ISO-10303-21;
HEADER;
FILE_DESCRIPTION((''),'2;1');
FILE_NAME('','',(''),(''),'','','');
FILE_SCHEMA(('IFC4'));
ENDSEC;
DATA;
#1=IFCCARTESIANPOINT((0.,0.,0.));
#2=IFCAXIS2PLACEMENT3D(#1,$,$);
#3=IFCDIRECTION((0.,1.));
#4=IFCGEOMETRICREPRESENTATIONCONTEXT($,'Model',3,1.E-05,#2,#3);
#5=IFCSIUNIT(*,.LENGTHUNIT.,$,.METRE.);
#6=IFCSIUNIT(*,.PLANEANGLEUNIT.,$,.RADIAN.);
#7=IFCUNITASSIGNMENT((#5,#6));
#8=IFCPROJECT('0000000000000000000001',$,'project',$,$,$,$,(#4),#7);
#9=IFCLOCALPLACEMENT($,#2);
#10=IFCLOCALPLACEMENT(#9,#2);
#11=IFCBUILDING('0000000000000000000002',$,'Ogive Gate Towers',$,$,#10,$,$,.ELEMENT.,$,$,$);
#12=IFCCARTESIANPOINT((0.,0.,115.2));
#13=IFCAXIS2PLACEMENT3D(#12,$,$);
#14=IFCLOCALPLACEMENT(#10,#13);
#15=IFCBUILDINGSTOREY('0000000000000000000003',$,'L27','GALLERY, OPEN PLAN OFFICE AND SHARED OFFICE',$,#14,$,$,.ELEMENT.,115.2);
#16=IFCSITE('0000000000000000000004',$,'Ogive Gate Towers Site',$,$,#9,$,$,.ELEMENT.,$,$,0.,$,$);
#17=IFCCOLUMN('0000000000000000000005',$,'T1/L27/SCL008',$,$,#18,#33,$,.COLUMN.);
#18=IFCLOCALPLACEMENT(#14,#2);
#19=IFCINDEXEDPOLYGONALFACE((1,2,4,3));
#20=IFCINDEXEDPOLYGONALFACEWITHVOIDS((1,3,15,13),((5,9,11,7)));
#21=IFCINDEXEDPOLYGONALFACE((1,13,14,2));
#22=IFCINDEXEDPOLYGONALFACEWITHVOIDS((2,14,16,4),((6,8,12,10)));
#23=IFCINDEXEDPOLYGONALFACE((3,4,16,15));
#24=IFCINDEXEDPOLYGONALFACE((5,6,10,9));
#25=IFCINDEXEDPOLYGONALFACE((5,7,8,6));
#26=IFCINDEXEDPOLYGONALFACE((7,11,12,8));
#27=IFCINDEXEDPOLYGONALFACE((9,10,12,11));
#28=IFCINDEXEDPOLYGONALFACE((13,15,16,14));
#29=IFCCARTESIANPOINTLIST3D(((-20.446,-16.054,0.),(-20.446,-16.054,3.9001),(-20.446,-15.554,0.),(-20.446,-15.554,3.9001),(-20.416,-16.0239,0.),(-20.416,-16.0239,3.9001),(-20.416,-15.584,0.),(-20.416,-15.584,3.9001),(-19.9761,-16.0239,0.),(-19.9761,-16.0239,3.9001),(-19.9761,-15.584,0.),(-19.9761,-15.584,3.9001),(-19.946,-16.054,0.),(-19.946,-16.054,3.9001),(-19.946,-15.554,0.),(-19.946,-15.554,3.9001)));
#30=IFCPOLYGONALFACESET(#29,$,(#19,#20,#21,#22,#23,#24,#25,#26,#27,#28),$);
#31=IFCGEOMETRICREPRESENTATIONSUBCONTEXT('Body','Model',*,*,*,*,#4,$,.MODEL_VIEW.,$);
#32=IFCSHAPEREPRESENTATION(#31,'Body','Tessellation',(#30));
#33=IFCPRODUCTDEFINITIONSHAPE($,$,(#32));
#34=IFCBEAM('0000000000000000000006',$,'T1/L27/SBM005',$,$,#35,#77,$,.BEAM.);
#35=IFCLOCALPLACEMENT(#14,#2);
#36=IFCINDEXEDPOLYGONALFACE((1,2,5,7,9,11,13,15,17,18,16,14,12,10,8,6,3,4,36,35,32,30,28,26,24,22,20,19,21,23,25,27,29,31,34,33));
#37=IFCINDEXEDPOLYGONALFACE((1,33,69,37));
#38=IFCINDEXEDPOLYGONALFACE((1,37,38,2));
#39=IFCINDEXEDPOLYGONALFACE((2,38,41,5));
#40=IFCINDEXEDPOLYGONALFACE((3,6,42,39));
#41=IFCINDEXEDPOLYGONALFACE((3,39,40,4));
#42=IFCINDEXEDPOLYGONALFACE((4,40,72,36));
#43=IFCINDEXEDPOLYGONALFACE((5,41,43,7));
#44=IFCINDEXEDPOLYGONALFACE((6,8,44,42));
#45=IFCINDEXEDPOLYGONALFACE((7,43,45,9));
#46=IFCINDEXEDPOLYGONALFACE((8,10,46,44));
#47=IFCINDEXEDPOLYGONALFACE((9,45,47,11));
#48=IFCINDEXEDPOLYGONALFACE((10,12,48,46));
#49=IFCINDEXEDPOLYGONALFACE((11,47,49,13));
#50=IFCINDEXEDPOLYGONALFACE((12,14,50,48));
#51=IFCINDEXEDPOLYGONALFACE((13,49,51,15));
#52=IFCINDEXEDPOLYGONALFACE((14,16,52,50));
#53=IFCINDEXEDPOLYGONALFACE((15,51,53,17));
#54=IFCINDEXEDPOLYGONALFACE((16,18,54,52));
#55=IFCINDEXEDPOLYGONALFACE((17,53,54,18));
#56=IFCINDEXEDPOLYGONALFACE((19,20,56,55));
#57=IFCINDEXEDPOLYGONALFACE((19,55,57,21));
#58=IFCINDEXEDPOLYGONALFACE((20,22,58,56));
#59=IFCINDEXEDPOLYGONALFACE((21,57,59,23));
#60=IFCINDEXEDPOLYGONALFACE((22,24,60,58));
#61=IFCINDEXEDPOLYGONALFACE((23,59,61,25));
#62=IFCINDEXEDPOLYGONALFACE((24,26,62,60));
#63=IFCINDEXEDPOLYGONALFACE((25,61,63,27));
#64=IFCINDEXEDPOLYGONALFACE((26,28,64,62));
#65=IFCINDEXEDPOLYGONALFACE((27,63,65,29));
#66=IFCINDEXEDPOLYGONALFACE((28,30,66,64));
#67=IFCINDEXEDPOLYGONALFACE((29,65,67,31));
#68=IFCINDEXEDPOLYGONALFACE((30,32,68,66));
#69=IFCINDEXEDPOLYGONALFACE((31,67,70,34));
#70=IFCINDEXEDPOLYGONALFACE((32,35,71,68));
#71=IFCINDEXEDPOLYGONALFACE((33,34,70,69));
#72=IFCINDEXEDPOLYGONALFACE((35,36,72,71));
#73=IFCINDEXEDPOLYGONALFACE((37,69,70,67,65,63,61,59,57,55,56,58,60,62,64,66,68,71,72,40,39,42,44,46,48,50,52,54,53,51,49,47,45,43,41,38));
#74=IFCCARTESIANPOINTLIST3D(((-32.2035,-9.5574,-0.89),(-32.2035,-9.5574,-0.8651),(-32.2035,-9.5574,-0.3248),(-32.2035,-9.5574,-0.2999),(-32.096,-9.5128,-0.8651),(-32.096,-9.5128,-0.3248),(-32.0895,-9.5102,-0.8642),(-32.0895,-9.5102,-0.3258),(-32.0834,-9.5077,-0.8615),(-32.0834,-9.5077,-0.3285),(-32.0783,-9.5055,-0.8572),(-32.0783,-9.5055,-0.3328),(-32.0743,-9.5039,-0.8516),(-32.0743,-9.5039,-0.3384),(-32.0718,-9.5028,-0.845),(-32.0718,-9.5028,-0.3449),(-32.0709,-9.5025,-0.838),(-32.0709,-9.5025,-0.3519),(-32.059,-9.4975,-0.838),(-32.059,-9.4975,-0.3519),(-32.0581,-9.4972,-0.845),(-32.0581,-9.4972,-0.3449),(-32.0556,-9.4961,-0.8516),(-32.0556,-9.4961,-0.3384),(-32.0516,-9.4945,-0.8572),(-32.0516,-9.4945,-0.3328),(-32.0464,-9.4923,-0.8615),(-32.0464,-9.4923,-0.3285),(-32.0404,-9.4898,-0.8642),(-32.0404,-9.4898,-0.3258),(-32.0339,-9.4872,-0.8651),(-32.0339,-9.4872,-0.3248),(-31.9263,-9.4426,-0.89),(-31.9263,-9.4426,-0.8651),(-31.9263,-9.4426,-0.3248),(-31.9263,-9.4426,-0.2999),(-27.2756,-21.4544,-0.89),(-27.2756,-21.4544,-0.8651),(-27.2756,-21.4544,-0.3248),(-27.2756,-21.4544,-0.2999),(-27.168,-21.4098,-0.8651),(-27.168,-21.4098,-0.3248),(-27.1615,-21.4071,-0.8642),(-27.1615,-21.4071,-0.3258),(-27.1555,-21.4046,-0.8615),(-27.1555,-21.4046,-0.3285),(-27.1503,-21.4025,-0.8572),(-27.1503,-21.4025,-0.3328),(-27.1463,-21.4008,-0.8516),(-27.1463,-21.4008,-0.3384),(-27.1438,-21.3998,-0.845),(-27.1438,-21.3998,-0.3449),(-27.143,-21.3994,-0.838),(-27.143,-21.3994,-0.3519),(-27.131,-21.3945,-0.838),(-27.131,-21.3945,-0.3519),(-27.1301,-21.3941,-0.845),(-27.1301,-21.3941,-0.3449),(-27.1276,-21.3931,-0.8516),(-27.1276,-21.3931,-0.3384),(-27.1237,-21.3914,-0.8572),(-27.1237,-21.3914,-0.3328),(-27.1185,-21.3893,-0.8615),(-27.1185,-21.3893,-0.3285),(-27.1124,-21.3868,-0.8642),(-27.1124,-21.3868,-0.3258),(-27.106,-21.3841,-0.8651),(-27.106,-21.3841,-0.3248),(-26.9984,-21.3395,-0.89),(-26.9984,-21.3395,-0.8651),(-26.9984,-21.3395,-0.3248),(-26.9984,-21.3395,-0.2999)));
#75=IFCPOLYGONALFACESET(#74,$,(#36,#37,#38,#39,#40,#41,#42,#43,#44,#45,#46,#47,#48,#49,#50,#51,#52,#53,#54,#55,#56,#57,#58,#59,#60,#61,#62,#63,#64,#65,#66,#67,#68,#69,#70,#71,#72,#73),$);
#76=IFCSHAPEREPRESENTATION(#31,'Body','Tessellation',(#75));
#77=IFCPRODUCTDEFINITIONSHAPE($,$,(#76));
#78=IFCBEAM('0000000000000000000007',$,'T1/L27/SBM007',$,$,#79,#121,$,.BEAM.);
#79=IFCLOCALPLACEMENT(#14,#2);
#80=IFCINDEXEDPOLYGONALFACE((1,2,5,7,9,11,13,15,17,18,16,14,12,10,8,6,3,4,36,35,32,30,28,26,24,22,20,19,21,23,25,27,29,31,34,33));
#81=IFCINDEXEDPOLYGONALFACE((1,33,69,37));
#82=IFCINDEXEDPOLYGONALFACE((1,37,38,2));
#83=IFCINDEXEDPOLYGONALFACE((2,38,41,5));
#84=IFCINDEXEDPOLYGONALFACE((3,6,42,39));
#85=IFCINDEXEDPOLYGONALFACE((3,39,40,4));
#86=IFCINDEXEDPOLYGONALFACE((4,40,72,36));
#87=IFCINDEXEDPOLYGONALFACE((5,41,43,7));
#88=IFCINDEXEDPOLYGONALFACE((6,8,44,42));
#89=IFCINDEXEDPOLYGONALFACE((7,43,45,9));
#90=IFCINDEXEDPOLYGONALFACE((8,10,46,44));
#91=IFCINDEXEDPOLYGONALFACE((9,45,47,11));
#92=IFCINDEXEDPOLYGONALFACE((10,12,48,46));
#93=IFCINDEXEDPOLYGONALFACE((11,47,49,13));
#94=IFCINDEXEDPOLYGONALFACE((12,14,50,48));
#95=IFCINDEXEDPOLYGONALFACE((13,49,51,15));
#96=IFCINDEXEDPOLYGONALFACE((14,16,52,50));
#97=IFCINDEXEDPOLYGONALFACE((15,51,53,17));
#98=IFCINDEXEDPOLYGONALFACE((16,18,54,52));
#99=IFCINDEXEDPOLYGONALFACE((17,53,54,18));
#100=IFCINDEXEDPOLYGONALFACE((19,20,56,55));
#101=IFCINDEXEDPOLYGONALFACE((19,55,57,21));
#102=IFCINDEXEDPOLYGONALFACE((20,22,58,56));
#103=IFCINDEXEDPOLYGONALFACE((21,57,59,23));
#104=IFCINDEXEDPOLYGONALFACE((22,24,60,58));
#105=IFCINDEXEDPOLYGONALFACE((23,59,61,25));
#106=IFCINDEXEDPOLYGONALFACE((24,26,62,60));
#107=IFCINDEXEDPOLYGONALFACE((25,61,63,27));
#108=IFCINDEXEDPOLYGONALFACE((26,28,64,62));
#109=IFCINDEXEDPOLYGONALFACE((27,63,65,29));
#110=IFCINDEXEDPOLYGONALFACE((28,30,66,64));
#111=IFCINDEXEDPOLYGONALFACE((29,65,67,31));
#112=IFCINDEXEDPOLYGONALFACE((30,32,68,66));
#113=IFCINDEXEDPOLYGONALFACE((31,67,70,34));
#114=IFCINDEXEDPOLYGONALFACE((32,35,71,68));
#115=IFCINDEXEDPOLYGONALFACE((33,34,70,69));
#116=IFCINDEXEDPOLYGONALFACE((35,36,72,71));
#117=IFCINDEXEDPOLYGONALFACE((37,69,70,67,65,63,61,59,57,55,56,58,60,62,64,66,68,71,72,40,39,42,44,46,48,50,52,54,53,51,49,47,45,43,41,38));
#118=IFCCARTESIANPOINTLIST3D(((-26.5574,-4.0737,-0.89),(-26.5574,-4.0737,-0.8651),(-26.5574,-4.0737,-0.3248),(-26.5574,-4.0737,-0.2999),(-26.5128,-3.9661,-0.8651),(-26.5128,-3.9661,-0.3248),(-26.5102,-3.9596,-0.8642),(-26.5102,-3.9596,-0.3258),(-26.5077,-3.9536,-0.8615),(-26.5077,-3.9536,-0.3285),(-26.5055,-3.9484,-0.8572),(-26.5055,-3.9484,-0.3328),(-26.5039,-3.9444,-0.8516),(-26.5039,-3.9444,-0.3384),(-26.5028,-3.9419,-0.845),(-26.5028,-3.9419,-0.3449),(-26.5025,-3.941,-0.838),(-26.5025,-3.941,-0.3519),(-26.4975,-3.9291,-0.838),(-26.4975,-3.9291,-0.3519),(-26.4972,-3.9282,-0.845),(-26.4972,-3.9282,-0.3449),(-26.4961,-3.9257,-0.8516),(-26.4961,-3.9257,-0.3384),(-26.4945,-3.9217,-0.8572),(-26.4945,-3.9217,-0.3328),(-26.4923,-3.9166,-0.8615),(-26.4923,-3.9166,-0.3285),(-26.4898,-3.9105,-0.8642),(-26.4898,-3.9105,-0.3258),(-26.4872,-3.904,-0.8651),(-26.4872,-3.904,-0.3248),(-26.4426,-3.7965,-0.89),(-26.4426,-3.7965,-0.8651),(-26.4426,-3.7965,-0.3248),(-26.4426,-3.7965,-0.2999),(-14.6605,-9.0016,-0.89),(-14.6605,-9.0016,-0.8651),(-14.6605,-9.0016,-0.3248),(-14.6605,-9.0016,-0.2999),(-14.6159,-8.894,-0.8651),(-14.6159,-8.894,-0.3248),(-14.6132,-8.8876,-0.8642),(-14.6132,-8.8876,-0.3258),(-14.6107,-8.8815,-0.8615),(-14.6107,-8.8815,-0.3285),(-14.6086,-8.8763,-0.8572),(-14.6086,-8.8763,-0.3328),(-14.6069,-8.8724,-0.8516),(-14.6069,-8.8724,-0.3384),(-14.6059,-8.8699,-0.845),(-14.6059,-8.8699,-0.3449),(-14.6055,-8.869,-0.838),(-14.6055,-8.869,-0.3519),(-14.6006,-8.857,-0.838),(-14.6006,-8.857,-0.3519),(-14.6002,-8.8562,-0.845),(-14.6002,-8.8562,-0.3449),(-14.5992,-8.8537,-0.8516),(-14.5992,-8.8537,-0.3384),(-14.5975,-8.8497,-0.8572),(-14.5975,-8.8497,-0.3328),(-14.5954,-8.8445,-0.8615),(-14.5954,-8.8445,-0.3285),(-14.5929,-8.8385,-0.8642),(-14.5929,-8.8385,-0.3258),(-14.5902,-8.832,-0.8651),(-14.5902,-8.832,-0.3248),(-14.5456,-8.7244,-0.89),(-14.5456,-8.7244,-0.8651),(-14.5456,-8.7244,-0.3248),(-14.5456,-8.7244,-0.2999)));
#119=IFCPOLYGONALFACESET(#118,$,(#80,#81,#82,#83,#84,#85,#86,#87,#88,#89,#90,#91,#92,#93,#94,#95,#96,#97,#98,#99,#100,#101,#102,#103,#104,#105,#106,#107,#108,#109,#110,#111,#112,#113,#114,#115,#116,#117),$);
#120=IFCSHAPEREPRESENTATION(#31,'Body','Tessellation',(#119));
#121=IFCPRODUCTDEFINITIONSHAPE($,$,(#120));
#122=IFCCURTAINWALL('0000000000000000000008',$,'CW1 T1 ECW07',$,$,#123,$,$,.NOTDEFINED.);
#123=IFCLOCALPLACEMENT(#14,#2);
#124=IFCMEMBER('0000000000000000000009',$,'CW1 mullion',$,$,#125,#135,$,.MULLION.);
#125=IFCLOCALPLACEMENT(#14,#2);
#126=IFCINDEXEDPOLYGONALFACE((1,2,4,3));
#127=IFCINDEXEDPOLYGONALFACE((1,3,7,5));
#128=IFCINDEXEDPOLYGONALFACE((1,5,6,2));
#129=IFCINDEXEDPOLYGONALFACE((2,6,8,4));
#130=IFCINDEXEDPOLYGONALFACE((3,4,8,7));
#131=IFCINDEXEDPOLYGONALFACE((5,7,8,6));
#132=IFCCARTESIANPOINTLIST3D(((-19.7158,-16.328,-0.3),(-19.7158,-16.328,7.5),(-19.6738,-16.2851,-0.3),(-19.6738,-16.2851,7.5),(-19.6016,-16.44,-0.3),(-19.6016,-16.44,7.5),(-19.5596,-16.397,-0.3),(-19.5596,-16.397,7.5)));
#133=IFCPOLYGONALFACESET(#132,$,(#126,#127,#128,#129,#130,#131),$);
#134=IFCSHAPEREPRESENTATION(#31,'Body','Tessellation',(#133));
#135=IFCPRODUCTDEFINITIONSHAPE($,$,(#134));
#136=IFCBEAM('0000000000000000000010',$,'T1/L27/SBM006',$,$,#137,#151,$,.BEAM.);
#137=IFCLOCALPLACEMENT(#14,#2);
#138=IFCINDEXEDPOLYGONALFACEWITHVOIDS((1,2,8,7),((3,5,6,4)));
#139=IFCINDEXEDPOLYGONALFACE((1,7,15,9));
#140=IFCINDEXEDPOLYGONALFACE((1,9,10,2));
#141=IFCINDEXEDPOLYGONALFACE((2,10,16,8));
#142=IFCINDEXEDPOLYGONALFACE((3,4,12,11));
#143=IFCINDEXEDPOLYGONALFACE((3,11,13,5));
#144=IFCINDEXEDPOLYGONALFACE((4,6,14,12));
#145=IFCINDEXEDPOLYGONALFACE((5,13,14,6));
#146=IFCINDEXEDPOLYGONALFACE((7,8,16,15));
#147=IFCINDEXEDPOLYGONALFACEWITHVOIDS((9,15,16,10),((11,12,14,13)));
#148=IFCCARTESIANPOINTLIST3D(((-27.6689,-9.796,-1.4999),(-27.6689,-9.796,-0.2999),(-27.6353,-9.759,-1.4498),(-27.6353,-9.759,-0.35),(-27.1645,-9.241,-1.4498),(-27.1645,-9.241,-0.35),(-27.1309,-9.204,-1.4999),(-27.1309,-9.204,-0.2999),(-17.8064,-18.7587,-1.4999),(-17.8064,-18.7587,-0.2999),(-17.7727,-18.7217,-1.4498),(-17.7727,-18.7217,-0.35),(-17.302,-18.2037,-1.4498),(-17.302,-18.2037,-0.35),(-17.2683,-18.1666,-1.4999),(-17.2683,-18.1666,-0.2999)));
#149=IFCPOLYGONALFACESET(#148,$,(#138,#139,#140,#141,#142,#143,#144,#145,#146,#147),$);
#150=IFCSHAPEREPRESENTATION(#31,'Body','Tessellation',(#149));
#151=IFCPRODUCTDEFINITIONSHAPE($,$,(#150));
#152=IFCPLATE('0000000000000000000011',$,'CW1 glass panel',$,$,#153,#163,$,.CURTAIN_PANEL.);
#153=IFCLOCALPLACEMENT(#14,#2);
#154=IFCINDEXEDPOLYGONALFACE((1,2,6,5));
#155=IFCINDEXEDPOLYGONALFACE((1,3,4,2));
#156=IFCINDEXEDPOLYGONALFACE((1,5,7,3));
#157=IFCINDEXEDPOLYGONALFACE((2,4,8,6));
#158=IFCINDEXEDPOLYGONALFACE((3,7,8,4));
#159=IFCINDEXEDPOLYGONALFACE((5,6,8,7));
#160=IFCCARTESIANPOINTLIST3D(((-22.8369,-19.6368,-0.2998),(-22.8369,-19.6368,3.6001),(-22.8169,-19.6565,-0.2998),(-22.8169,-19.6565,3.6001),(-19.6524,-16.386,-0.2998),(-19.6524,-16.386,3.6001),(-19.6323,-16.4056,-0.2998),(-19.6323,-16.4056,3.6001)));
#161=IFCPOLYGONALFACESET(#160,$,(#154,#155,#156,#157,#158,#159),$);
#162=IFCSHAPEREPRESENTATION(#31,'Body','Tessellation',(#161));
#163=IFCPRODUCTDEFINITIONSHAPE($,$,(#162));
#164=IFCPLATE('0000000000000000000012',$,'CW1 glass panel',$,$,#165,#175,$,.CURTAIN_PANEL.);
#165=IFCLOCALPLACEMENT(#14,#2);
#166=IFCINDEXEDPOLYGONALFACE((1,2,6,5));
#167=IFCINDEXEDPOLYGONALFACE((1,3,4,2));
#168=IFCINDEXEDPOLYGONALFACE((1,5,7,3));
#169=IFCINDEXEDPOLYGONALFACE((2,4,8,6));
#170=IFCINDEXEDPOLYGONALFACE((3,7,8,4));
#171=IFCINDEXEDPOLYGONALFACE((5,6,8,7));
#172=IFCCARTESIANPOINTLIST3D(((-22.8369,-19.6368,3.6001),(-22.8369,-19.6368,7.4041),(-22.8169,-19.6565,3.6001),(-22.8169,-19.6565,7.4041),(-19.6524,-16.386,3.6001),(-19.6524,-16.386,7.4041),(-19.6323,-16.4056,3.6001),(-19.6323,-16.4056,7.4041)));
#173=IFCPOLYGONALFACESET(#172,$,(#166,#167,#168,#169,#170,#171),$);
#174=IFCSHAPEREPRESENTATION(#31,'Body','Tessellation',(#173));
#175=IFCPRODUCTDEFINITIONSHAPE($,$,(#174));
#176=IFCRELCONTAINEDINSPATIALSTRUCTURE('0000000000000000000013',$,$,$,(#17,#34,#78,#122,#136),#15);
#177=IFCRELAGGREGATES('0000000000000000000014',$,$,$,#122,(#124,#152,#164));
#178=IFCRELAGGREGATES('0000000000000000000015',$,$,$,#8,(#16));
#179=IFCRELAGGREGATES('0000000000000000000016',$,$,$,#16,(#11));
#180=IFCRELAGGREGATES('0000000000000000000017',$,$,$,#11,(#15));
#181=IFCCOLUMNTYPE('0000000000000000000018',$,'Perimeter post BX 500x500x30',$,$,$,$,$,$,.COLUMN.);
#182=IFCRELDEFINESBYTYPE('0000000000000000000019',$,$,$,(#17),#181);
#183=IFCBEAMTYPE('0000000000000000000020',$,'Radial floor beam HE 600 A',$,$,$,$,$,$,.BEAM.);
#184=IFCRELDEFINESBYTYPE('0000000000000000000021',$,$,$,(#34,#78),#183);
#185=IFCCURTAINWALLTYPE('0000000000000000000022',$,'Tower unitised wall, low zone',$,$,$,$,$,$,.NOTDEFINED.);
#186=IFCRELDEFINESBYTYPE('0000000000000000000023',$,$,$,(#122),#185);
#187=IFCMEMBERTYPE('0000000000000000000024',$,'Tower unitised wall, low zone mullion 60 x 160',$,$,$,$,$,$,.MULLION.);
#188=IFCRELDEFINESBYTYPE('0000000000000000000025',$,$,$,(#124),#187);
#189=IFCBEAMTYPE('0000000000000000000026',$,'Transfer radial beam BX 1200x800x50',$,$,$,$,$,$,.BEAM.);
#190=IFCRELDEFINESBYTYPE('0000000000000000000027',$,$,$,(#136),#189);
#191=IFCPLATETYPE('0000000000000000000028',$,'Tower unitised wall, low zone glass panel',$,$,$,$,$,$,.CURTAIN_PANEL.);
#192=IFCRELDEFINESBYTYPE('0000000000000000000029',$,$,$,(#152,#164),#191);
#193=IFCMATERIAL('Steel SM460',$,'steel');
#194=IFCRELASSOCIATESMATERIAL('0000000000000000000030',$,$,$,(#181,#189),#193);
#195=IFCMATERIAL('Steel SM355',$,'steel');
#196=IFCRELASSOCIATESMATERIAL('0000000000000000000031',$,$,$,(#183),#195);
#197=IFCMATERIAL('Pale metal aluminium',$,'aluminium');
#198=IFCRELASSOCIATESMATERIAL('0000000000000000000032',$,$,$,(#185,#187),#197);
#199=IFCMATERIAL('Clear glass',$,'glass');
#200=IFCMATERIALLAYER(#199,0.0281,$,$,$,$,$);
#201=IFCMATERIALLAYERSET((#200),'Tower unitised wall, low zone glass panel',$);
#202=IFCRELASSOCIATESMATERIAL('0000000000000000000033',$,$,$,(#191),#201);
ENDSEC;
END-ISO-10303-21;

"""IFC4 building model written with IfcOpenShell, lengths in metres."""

from ifc_helpers import new_model, si_unit, direction, frame, origin, origin_2d, place, context, subcontext, project, spatial, rectangle, hollow_rectangle, i_section, extrude, material, layer, layer_set, material_profile, profile_set, type_object, element, aggregate, save


model = new_model("IFC4")

# Units and contexts
model_context = context("Model", 3, precision=1e-05, world=origin(), true_north=direction((0.0, 1.0)))
body_context = subcontext(model_context, "Body", "Model", "MODEL_VIEW")
ifc_project = project(units=[si_unit("LENGTHUNIT", "METRE"), si_unit("PLANEANGLEUNIT", "RADIAN")], contexts=[model_context])

# Site, building, storey
site_placement = place(None, origin())
site = spatial("IfcSite", under=ifc_project, at=site_placement, Name="Ogive Gate Towers Site", CompositionType="ELEMENT", RefElevation=0.0)
building_placement = place(site_placement, origin())
building = spatial("IfcBuilding", under=site, at=building_placement, Name="Ogive Gate Towers", CompositionType="ELEMENT")
storey_placement = place(building_placement, frame((0.0, 0.0, 115.2)))
storey = spatial("IfcBuildingStorey", under=building, at=storey_placement, Name="L27", Description="GALLERY, OPEN PLAN OFFICE AND SHARED OFFICE", CompositionType="ELEMENT", Elevation=115.2)

# Column
ifc_material_1 = material(Name="Steel SM460", Category="steel")
ifc_material_profile_1 = material_profile(ifc_material_1, hollow_rectangle(XDim=0.5, YDim=0.5, WallThickness=0.03, at=origin_2d()), Name="BX 500x500x30")
ifc_profile_set_1 = profile_set([ifc_material_profile_1], Name="Steel SM460")
column_type = type_object("IfcColumnType", Name="Perimeter post BX 500x500x30", PredefinedType="COLUMN", material=ifc_profile_set_1)
column_placement = place(storey_placement, frame((-20.196, -15.804, 0.0), z_axis=(0.0, 0.0, 1.0), x_axis=(1.0, 0.0, 0.0)))
element("IfcColumn", 1, at=column_placement, inside=storey, type_object=column_type, Name="T1/L27/SCL008", PredefinedType="COLUMN", context=body_context, shape_type="SweptSolid", body=[
    extrude(hollow_rectangle(XDim=0.5, YDim=0.5, WallThickness=0.03, at=origin_2d()), origin(), (0.0, 0.0, 1.0), 3.9001),
])

# Beams
ifc_material_2 = material(Name="Steel SM355", Category="steel")
ifc_material_profile_2 = material_profile(ifc_material_2, i_section(OverallWidth=0.3, OverallDepth=0.5901, WebThickness=0.0129, FlangeThickness=0.0249, FilletRadius=0.0271, at=origin_2d()), Name="HE 600 A")
ifc_profile_set_2 = profile_set([ifc_material_profile_2], Name="Steel SM355")
beam_type_1 = type_object("IfcBeamType", Name="Radial floor beam HE 600 A", PredefinedType="BEAM", material=ifc_profile_set_2)
for number, where, z_axis, x_axis, name in (
    (2, (-32.0649, -9.5, -0.595), (0.382689, -0.923877, 0.0), (0.923877, 0.382689, 0.0), "T1/L27/SBM005"),
    (3, (-26.5, -3.9351, -0.595), (0.923877, -0.382689, 0.0), (0.382689, 0.923877, 0.0), "T1/L27/SBM007"),
):
    element("IfcBeam", number, at=place(storey_placement, frame(where, z_axis=z_axis, x_axis=x_axis)), inside=storey, type_object=beam_type_1, Name=name, PredefinedType="BEAM", context=body_context, shape_type="SweptSolid", body=[
        extrude(i_section(OverallWidth=0.3, OverallDepth=0.5901, WebThickness=0.0129, FlangeThickness=0.0249, FilletRadius=0.0271, at=origin_2d()), origin(), (0.0, 0.0, 1.0), 12.8772),
    ])

# Curtain wall, member
ifc_material_3 = material(Name="Pale metal aluminium", Category="aluminium")
curtain_wall_type = type_object("IfcCurtainWallType", Name="Tower unitised wall, low zone", PredefinedType="NOTDEFINED", material=ifc_material_3)
curtain_wall_placement = place(storey_placement, origin())
curtain_wall = element("IfcCurtainWall", 4, at=curtain_wall_placement, inside=storey, type_object=curtain_wall_type, Name="CW1 T1 ECW07", PredefinedType="NOTDEFINED")
ifc_material_profile_3 = material_profile(ifc_material_3, rectangle(XDim=0.1599, YDim=0.0601, at=origin_2d()), Name="60 x 160 aluminium box")
ifc_profile_set_3 = profile_set([ifc_material_profile_3], Name="Pale metal aluminium")
member_type = type_object("IfcMemberType", Name="Tower unitised wall, low zone mullion 60 x 160", PredefinedType="MULLION", material=ifc_profile_set_3)
member_placement = place(storey_placement, frame((-19.6377, -16.3625, -0.3), z_axis=(0.0, 0.0, 1.0), x_axis=(0.714351, -0.699788, 0.0)))
member = element("IfcMember", 5, at=member_placement, type_object=member_type, Name="CW1 mullion", PredefinedType="MULLION", context=body_context, shape_type="SweptSolid", body=[
    extrude(rectangle(XDim=0.1599, YDim=0.0601, at=origin_2d()), origin(), (0.0, 0.0, 1.0), 7.8),
])

# Beam
ifc_material_profile_4 = material_profile(ifc_material_1, hollow_rectangle(XDim=0.8, YDim=1.2, WallThickness=0.05, at=origin_2d()), Name="BX 1200x800x50")
ifc_profile_set_4 = profile_set([ifc_material_profile_4], Name="Steel SM460")
beam_type_2 = type_object("IfcBeamType", Name="Transfer radial beam BX 1200x800x50", PredefinedType="BEAM", material=ifc_profile_set_4)
beam_placement = place(storey_placement, frame((-27.3999, -9.5, -0.8999), z_axis=(0.740064, -0.672537, 0.0), x_axis=(0.672537, 0.740064, 0.0)))
element("IfcBeam", 6, at=beam_placement, inside=storey, type_object=beam_type_2, Name="T1/L27/SBM006", PredefinedType="BEAM", context=body_context, shape_type="SweptSolid", body=[
    extrude(hollow_rectangle(XDim=0.8, YDim=1.2, WallThickness=0.05, at=origin_2d()), origin(), (0.0, 0.0, 1.0), 13.3267),
])

# Plates
ifc_material_4 = material(Name="Clear glass", Category="glass")
ifc_layer_1 = layer(ifc_material_4, 0.0281)
ifc_layer_set_1 = layer_set([ifc_layer_1], Name="Tower unitised wall, low zone glass panel")
plate_type = type_object("IfcPlateType", Name="Tower unitised wall, low zone glass panel", PredefinedType="CURTAIN_PANEL", material=ifc_layer_set_1)
plate_1_placement = place(storey_placement, frame((-21.2346, -18.0212, -0.2998), z_axis=(0.0, 0.0, 1.0), x_axis=(0.699788, 0.714351, 0.0)))
plate_1 = element("IfcPlate", 7, at=plate_1_placement, type_object=plate_type, Name="CW1 glass panel", PredefinedType="CURTAIN_PANEL", context=body_context, shape_type="SweptSolid", body=[
    extrude(rectangle(XDim=4.5508, YDim=0.0281, at=origin_2d()), origin(), (0.0, 0.0, 1.0), 3.8999),
])
plate_2_placement = place(storey_placement, frame((-21.2346, -18.0212, 3.6001), z_axis=(0.0, 0.0, 1.0), x_axis=(0.699788, 0.714351, 0.0)))
plate_2 = element("IfcPlate", 8, at=plate_2_placement, type_object=plate_type, Name="CW1 glass panel", PredefinedType="CURTAIN_PANEL", context=body_context, shape_type="SweptSolid", body=[
    extrude(rectangle(XDim=4.5508, YDim=0.0281, at=origin_2d()), origin(), (0.0, 0.0, 1.0), 3.804),
])
aggregate(curtain_wall, [member, plate_1, plate_2])

save(model, "model.ifc")
